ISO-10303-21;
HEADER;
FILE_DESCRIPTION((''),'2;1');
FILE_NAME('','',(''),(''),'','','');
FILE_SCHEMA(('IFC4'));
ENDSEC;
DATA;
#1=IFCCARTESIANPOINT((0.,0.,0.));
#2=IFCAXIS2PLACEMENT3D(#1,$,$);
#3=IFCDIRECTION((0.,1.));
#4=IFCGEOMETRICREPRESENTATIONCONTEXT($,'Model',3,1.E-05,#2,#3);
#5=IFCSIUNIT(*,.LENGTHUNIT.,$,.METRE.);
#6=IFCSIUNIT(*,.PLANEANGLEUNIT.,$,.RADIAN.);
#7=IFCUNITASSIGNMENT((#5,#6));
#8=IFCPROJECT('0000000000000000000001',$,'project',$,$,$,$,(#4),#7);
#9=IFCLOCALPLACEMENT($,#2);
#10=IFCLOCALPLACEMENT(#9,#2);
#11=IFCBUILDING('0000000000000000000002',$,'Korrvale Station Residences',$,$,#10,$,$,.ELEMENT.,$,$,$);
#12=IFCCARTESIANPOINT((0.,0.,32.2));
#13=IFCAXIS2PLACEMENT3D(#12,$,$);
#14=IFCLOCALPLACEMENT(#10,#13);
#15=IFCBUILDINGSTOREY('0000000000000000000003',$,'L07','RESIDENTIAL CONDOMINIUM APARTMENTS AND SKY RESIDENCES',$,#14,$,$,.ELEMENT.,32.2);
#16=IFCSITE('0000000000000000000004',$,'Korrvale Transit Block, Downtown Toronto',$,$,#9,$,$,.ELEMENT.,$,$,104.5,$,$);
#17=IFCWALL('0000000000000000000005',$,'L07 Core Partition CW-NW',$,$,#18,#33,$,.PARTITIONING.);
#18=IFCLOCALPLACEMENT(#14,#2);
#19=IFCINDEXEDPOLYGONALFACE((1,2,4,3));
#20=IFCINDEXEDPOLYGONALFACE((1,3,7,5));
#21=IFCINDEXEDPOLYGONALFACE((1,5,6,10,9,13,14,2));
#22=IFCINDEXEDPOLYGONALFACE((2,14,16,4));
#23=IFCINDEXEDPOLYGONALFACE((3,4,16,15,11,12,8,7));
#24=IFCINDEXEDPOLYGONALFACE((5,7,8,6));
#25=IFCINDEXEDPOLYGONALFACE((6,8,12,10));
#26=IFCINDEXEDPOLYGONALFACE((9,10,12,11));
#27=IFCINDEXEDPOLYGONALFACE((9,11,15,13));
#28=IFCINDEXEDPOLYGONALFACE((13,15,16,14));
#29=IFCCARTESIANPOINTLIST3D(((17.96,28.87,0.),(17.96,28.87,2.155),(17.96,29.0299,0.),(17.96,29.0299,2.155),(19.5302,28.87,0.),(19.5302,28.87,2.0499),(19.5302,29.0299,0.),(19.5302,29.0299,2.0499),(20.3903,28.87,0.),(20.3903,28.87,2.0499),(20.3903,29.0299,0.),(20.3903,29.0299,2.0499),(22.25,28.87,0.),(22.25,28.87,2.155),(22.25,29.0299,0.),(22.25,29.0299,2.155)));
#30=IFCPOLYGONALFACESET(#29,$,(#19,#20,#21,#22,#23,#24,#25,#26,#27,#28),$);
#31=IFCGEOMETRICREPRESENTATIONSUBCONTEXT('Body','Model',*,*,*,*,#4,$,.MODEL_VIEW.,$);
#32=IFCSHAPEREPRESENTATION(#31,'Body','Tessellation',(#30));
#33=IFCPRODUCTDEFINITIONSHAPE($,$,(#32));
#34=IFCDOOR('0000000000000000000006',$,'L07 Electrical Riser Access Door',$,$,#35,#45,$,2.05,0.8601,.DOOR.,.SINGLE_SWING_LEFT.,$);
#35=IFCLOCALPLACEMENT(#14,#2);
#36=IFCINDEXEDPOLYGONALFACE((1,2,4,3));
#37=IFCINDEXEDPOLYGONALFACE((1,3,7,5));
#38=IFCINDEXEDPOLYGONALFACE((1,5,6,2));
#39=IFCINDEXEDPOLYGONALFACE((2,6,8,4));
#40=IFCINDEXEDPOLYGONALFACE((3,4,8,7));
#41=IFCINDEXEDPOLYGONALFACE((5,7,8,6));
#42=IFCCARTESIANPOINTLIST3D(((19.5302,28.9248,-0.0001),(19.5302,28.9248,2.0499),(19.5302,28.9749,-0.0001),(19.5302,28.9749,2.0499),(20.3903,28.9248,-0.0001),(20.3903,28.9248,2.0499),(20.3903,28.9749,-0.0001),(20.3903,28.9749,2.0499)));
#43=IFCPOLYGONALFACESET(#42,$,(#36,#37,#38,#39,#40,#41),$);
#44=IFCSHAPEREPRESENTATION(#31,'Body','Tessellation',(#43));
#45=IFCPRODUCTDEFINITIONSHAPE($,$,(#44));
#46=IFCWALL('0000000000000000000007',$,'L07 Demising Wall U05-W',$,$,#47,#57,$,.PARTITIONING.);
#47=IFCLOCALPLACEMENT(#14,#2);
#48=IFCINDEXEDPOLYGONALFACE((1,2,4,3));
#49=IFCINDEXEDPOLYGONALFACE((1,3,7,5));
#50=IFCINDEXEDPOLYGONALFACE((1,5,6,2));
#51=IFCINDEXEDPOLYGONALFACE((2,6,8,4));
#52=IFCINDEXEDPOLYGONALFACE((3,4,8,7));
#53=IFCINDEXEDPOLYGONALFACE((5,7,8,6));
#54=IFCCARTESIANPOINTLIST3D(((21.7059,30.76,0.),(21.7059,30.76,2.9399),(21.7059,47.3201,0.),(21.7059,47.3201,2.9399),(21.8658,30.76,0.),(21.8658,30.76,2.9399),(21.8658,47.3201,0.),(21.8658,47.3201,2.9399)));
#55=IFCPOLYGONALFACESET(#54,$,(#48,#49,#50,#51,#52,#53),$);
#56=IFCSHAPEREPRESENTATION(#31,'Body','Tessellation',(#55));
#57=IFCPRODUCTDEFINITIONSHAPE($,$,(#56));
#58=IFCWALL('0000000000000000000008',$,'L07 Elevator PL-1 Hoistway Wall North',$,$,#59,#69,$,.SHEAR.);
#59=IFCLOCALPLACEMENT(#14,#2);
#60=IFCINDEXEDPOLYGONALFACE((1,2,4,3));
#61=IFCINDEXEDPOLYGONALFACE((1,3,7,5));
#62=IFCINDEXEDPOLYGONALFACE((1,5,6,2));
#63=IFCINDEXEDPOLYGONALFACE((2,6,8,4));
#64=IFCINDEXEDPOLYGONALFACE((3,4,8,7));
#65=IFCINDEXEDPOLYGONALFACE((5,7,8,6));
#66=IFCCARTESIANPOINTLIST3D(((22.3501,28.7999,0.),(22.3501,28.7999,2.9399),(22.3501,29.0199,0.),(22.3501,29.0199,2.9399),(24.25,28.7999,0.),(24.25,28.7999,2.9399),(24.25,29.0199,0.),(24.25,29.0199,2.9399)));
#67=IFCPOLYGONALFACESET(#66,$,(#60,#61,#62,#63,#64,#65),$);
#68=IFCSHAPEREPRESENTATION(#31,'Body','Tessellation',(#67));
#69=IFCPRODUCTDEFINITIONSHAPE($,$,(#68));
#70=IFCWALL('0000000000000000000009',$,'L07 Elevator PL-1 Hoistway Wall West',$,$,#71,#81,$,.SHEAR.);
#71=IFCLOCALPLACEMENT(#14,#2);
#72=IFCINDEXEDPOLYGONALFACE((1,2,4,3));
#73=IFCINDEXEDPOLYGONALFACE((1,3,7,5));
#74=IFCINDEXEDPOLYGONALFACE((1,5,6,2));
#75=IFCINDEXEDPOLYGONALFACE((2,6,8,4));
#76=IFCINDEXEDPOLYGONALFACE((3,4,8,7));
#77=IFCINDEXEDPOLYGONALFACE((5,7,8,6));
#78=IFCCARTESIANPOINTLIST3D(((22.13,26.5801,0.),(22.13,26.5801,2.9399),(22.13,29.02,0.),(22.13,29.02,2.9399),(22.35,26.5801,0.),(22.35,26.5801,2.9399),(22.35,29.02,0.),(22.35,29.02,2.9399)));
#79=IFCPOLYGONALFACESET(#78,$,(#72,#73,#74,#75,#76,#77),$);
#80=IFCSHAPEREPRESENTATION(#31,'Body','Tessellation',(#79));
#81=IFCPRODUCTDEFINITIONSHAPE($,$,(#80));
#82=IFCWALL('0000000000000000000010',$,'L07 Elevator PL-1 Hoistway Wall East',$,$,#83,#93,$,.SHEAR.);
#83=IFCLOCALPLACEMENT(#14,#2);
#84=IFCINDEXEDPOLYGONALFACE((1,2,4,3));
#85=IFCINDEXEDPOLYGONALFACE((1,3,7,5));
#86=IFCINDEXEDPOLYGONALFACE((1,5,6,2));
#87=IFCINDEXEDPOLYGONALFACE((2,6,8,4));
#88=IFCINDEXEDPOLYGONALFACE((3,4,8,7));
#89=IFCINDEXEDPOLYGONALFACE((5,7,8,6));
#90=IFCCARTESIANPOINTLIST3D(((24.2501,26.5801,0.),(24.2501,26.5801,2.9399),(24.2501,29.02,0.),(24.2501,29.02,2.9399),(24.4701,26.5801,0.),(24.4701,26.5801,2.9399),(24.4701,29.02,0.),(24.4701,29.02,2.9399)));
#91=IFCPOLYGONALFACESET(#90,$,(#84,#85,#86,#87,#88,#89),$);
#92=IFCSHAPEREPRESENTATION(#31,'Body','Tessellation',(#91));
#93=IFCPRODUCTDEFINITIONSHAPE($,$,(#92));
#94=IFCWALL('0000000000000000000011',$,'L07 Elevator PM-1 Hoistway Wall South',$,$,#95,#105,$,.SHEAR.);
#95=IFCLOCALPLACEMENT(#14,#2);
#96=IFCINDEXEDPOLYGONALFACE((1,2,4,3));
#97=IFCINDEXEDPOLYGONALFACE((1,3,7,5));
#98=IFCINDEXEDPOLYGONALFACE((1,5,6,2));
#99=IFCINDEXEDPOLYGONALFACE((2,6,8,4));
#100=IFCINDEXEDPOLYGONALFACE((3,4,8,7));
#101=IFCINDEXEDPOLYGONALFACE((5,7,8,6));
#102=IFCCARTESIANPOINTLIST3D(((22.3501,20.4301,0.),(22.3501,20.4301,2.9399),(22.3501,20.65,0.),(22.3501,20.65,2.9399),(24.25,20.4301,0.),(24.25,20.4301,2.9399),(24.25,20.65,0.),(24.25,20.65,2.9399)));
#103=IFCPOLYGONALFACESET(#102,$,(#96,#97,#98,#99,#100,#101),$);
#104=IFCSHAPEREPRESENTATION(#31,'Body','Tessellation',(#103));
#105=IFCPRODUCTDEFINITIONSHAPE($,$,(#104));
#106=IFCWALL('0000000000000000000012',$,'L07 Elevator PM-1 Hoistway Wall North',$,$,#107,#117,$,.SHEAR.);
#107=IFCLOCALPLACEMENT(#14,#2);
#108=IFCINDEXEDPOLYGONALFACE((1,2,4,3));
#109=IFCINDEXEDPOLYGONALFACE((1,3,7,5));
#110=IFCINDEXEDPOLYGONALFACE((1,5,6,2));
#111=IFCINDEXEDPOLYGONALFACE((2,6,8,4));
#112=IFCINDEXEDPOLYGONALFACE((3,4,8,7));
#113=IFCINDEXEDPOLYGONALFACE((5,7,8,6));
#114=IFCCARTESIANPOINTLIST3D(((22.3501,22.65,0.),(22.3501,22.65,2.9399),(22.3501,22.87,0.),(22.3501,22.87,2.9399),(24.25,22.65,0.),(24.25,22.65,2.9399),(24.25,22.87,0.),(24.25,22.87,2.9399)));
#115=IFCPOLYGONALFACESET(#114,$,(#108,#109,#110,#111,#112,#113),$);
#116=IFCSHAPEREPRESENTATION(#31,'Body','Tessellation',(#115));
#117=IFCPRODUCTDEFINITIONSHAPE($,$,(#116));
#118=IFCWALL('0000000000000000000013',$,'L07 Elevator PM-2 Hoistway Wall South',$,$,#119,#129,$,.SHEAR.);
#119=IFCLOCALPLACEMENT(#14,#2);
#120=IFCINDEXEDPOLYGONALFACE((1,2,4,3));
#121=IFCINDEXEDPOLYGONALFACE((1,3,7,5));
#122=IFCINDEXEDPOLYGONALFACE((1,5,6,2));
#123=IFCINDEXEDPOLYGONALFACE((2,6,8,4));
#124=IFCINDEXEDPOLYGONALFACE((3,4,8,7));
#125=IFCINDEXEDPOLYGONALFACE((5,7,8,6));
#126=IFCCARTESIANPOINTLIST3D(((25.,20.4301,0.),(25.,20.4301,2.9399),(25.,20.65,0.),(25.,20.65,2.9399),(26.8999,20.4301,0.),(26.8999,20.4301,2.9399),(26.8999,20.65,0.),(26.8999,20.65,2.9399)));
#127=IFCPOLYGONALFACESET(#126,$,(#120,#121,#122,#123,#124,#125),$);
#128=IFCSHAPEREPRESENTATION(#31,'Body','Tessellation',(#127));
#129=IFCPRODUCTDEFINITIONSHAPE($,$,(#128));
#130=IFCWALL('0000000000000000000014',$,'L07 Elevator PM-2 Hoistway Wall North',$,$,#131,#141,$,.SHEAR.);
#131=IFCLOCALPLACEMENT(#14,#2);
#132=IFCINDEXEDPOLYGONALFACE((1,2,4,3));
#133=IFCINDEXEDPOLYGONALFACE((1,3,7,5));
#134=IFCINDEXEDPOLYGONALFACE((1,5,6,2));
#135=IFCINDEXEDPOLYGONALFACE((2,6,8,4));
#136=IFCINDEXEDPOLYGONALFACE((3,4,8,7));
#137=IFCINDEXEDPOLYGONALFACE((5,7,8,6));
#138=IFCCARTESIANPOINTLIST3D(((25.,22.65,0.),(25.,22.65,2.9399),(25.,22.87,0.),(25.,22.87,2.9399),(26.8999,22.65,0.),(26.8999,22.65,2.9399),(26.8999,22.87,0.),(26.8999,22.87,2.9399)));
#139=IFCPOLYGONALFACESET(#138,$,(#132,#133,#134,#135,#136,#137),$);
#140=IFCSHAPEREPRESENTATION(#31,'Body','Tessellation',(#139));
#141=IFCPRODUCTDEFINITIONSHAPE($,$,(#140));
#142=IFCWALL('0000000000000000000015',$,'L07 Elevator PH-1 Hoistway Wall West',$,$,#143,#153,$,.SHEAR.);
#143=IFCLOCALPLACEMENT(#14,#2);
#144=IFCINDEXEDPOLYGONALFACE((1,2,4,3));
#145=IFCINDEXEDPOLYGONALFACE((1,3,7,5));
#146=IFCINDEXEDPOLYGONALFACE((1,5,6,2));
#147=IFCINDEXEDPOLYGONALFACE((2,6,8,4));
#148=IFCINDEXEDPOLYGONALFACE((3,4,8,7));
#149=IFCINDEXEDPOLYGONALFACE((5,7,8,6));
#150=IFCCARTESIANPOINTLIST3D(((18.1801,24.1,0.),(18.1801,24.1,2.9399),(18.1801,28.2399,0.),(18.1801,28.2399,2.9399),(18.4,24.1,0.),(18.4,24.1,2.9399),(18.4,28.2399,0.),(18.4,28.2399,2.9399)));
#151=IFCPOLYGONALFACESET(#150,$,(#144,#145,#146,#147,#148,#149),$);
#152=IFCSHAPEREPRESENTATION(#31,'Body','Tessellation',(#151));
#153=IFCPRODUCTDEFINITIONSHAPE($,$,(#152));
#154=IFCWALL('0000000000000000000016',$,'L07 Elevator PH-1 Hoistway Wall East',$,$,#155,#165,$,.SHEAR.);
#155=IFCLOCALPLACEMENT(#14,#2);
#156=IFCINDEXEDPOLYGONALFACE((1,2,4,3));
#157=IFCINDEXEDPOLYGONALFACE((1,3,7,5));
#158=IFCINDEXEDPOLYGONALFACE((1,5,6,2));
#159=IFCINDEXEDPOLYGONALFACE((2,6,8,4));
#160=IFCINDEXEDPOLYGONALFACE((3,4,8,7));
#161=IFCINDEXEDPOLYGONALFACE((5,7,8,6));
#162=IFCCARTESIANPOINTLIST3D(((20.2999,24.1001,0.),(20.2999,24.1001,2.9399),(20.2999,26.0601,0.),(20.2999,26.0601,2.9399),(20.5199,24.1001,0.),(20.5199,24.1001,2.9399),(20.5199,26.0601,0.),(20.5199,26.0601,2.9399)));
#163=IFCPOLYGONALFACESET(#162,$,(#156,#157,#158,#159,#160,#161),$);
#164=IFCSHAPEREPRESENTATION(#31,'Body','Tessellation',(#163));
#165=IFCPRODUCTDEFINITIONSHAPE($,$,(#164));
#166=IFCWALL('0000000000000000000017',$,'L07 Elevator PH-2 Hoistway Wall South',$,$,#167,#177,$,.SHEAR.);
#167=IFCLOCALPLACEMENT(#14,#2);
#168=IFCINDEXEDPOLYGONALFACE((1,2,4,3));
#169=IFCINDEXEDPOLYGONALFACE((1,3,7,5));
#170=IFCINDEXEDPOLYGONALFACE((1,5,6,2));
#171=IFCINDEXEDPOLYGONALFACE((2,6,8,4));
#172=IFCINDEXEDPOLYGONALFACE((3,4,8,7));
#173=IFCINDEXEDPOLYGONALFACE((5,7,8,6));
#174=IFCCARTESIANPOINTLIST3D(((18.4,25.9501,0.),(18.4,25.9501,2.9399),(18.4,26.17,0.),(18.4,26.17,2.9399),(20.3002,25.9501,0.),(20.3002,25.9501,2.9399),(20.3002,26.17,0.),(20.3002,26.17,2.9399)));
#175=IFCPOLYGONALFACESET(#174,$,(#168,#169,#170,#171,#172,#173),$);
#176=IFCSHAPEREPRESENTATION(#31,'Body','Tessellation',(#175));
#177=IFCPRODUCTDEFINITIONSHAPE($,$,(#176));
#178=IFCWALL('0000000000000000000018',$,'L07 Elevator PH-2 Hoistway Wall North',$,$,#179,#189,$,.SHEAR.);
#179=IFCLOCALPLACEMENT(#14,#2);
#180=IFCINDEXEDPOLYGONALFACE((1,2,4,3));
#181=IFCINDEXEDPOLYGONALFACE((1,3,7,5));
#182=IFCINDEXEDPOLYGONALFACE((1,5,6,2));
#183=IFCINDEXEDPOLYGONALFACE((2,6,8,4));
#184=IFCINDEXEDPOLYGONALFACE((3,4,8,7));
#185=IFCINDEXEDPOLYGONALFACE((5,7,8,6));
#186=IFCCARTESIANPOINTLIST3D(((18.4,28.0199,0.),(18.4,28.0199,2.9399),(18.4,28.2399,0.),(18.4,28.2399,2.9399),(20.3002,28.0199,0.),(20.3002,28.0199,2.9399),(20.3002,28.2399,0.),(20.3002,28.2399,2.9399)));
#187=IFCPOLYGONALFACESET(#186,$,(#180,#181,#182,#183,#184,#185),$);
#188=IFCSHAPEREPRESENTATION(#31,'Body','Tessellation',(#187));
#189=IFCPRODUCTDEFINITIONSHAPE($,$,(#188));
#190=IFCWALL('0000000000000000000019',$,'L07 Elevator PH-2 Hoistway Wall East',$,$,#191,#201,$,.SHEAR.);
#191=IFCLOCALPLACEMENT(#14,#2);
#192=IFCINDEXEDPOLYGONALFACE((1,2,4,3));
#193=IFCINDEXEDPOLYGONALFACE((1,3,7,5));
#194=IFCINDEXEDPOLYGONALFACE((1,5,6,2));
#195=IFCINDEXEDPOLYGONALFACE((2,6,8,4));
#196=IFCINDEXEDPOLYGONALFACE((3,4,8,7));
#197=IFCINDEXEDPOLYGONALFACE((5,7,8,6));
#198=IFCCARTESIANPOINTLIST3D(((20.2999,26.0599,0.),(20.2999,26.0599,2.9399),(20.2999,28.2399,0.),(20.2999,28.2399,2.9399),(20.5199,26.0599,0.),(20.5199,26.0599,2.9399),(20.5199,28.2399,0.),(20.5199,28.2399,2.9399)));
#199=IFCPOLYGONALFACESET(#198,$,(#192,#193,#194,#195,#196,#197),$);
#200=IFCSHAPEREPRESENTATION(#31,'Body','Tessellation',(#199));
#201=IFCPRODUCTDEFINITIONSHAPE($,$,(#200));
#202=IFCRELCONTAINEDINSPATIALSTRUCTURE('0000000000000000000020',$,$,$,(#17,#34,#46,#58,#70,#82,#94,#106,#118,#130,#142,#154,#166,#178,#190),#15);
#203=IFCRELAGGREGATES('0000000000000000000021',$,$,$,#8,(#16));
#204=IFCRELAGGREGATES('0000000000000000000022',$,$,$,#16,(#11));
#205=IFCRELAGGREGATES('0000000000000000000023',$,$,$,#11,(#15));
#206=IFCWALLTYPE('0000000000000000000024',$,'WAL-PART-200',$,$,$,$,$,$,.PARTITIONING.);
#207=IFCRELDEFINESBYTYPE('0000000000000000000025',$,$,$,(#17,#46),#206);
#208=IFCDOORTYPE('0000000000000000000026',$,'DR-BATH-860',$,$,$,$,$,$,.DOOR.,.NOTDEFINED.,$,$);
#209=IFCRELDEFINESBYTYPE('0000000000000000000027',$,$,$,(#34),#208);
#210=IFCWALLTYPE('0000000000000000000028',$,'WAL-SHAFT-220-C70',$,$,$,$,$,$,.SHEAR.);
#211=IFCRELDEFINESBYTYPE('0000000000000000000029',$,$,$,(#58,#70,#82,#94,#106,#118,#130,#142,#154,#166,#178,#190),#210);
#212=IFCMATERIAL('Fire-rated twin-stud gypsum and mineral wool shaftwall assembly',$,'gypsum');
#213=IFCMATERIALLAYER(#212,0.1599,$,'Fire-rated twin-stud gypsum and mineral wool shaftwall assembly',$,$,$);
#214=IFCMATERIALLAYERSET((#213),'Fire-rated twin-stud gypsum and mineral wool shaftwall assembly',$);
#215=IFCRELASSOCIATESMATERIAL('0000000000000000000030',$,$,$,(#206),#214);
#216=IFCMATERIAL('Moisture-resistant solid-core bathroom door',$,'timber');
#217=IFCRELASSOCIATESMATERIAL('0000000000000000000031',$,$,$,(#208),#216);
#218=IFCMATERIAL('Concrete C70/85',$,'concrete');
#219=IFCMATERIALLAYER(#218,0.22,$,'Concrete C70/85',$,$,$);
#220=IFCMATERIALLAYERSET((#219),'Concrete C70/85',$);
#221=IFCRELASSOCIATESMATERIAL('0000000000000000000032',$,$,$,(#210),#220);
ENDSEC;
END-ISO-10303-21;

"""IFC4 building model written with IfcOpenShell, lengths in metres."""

from ifc_helpers import new_model, si_unit, direction, frame, frame_2d, origin, place, context, subcontext, project, spatial, rectangle, extrude, material, layer, layer_set, type_object, element, fill, save


model = new_model("IFC4")

# Units and contexts
model_context = context("Model", 3, precision=1e-05, world=origin(), true_north=direction((0.0, 1.0)))
body_context = subcontext(model_context, "Body", "Model", "MODEL_VIEW")
ifc_project = project(units=[si_unit("LENGTHUNIT", "METRE"), si_unit("PLANEANGLEUNIT", "RADIAN")], contexts=[model_context])

# Site, building, storey
site_placement = place(None, origin())
site = spatial("IfcSite", under=ifc_project, at=site_placement, Name="Korrvale Transit Block, Downtown Toronto", CompositionType="ELEMENT", RefElevation=104.5)
building_placement = place(site_placement, origin())
building = spatial("IfcBuilding", under=site, at=building_placement, Name="Korrvale Station Residences", CompositionType="ELEMENT")
storey_placement = place(building_placement, frame((0.0, 0.0, 32.2)))
storey = spatial("IfcBuildingStorey", under=building, at=storey_placement, Name="L07", Description="RESIDENTIAL CONDOMINIUM APARTMENTS AND SKY RESIDENCES", CompositionType="ELEMENT", Elevation=32.2)

# Shared definitions
ifc_material_1 = material(Name="Concrete C70/85", Category="concrete")

# Shared definitions
ifc_material_2 = material(Name="Fire-rated twin-stud gypsum and mineral wool shaftwall assembly", Category="gypsum")
ifc_layer_1 = layer(ifc_material_2, 0.1599, Name="Fire-rated twin-stud gypsum and mineral wool shaftwall assembly")
ifc_layer_set_1 = layer_set([ifc_layer_1], Name="Fire-rated twin-stud gypsum and mineral wool shaftwall assembly")
wall_type_1 = type_object("IfcWallType", Name="WAL-PART-200", PredefinedType="PARTITIONING", material=ifc_layer_set_1)

# Wall, opening, door
wall_1_placement = place(storey_placement, frame((17.96, 28.95, 0.0), z_axis=(0.0, 0.0, 1.0), x_axis=(1.0, 0.0, 0.0)))
wall_1 = element("IfcWall", 1, at=wall_1_placement, inside=storey, type_object=wall_type_1, Name="L07 Core Partition CW-NW", PredefinedType="PARTITIONING", context=body_context, shape_type="SweptSolid", body=[
    extrude(rectangle(XDim=4.29, YDim=0.1599, at=frame_2d((2.145, 0.0))), origin(), (0.0, 0.0, 1.0), 2.155),
])
opening_1_placement = place(wall_1_placement, frame((1.5701, 0.0, 0.0)))
opening_1 = element("IfcOpeningElement", 2, at=opening_1_placement, cuts=wall_1, PredefinedType="OPENING", context=body_context, shape_type="SweptSolid", body=[
    extrude(rectangle(XDim=0.8601, YDim=2.05, at=frame_2d((0.4302, 1.0249))), frame((0.0, 0.0898, 0.0), z_axis=(0.0, -1.0, 0.0), x_axis=(1.0, 0.0, 0.0)), (0.0, 0.0, 1.0), 0.1799),
])
ifc_material_3 = material(Name="Moisture-resistant solid-core bathroom door", Category="timber")
door_type_1 = type_object("IfcDoorType", Name="DR-BATH-860", OperationType="NOTDEFINED", PredefinedType="DOOR", material=ifc_material_3)
door_1_placement = place(opening_1_placement, origin())
door_1 = element("IfcDoor", 3, at=door_1_placement, inside=storey, type_object=door_type_1, Name="L07 Electrical Riser Access Door", OperationType="SINGLE_SWING_LEFT", OverallHeight=2.05, OverallWidth=0.8601, PredefinedType="DOOR", context=body_context, shape_type="SweptSolid", body=[
    extrude(rectangle(XDim=0.8601, YDim=2.05, at=frame_2d((0.4302, 1.0249))), frame((0.0, 0.0249, 0.0), z_axis=(0.0, -1.0, 0.0), x_axis=(1.0, 0.0, 0.0)), (0.0, 0.0, 1.0), 0.05),
])
fill(opening_1, door_1)

# Wall
wall_2_placement = place(storey_placement, frame((21.7859, 30.76, 0.0), z_axis=(0.0, 0.0, 1.0), x_axis=(0.0, 1.0, 0.0)))
element("IfcWall", 4, at=wall_2_placement, inside=storey, type_object=wall_type_1, Name="L07 Demising Wall U05-W", PredefinedType="PARTITIONING", context=body_context, shape_type="SweptSolid", body=[
    extrude(rectangle(XDim=16.5601, YDim=0.1599, at=frame_2d((8.28, 0.0))), origin(), (0.0, 0.0, 1.0), 2.9399),
])

# Shared definitions
ifc_layer_2 = layer(ifc_material_1, 0.22, Name="Concrete C70/85")
ifc_layer_set_2 = layer_set([ifc_layer_2], Name="Concrete C70/85")
wall_type_2 = type_object("IfcWallType", Name="WAL-SHAFT-220-C70", PredefinedType="SHEAR", material=ifc_layer_set_2)

# Walls
wall_3_placement = place(storey_placement, frame((22.3501, 28.9099, 0.0), z_axis=(0.0, 0.0, 1.0), x_axis=(1.0, 0.0, 0.0)))
element("IfcWall", 5, at=wall_3_placement, inside=storey, type_object=wall_type_2, Name="L07 Elevator PL-1 Hoistway Wall North", PredefinedType="SHEAR", context=body_context, shape_type="SweptSolid", body=[
    extrude(rectangle(XDim=1.8999, YDim=0.22, at=frame_2d((0.95, 0.0))), origin(), (0.0, 0.0, 1.0), 2.9399),
])
for number, where, z_axis, x_axis, name in (
    (6, (22.24, 26.5801, 0.0), (0.0, 0.0, 1.0), (0.0, 1.0, 0.0), "L07 Elevator PL-1 Hoistway Wall West"),
    (7, (24.3601, 26.5801, 0.0), (0.0, 0.0, 1.0), (0.0, 1.0, 0.0), "L07 Elevator PL-1 Hoistway Wall East"),
):
    element("IfcWall", number, at=place(storey_placement, frame(where, z_axis=z_axis, x_axis=x_axis)), inside=storey, type_object=wall_type_2, Name=name, PredefinedType="SHEAR", context=body_context, shape_type="SweptSolid", body=[
        extrude(rectangle(XDim=2.4399, YDim=0.22, at=frame_2d((1.22, 0.0))), origin(), (0.0, 0.0, 1.0), 2.9399),
    ])
for number, where, z_axis, x_axis, name in (
    (8, (22.3501, 20.54, 0.0), (0.0, 0.0, 1.0), (1.0, 0.0, 0.0), "L07 Elevator PM-1 Hoistway Wall South"),
    (9, (22.3501, 22.76, 0.0), (0.0, 0.0, 1.0), (1.0, 0.0, 0.0), "L07 Elevator PM-1 Hoistway Wall North"),
    (10, (25.0, 20.54, 0.0), (0.0, 0.0, 1.0), (1.0, 0.0, 0.0), "L07 Elevator PM-2 Hoistway Wall South"),
    (11, (25.0, 22.76, 0.0), (0.0, 0.0, 1.0), (1.0, 0.0, 0.0), "L07 Elevator PM-2 Hoistway Wall North"),
):
    element("IfcWall", number, at=place(storey_placement, frame(where, z_axis=z_axis, x_axis=x_axis)), inside=storey, type_object=wall_type_2, Name=name, PredefinedType="SHEAR", context=body_context, shape_type="SweptSolid", body=[
        extrude(rectangle(XDim=1.8999, YDim=0.22, at=frame_2d((0.95, 0.0))), origin(), (0.0, 0.0, 1.0), 2.9399),
    ])
wall_4_placement = place(storey_placement, frame((18.29, 24.1001, 0.0), z_axis=(0.0, 0.0, 1.0), x_axis=(0.0, 1.0, 0.0)))
element("IfcWall", 12, at=wall_4_placement, inside=storey, type_object=wall_type_2, Name="L07 Elevator PH-1 Hoistway Wall West", PredefinedType="SHEAR", context=body_context, shape_type="SweptSolid", body=[
    extrude(rectangle(XDim=4.1399, YDim=0.22, at=frame_2d((2.0698, 0.0))), origin(), (0.0, 0.0, 1.0), 2.9399),
])
wall_5_placement = place(storey_placement, frame((20.4099, 24.1001, 0.0), z_axis=(0.0, 0.0, 1.0), x_axis=(0.0, 1.0, 0.0)))
element("IfcWall", 13, at=wall_5_placement, inside=storey, type_object=wall_type_2, Name="L07 Elevator PH-1 Hoistway Wall East", PredefinedType="SHEAR", context=body_context, shape_type="SweptSolid", body=[
    extrude(rectangle(XDim=1.96, YDim=0.22, at=frame_2d((0.98, 0.0))), origin(), (0.0, 0.0, 1.0), 2.9399),
])
for number, where, z_axis, x_axis, name in (
    (14, (18.3999, 26.0601, 0.0), (0.0, 0.0, 1.0), (1.0, 0.0, 0.0), "L07 Elevator PH-2 Hoistway Wall South"),
    (15, (18.3999, 28.1299, 0.0), (0.0, 0.0, 1.0), (1.0, 0.0, 0.0), "L07 Elevator PH-2 Hoistway Wall North"),
):
    element("IfcWall", number, at=place(storey_placement, frame(where, z_axis=z_axis, x_axis=x_axis)), inside=storey, type_object=wall_type_2, Name=name, PredefinedType="SHEAR", context=body_context, shape_type="SweptSolid", body=[
        extrude(rectangle(XDim=1.9001, YDim=0.22, at=frame_2d((0.9502, 0.0))), origin(), (0.0, 0.0, 1.0), 2.9399),
    ])
wall_6_placement = place(storey_placement, frame((20.4099, 26.0601, 0.0), z_axis=(0.0, 0.0, 1.0), x_axis=(0.0, 1.0, 0.0)))
element("IfcWall", 16, at=wall_6_placement, inside=storey, type_object=wall_type_2, Name="L07 Elevator PH-2 Hoistway Wall East", PredefinedType="SHEAR", context=body_context, shape_type="SweptSolid", body=[
    extrude(rectangle(XDim=2.1799, YDim=0.22, at=frame_2d((1.0898, 0.0))), origin(), (0.0, 0.0, 1.0), 2.9399),
])

save(model, "model.ifc")
